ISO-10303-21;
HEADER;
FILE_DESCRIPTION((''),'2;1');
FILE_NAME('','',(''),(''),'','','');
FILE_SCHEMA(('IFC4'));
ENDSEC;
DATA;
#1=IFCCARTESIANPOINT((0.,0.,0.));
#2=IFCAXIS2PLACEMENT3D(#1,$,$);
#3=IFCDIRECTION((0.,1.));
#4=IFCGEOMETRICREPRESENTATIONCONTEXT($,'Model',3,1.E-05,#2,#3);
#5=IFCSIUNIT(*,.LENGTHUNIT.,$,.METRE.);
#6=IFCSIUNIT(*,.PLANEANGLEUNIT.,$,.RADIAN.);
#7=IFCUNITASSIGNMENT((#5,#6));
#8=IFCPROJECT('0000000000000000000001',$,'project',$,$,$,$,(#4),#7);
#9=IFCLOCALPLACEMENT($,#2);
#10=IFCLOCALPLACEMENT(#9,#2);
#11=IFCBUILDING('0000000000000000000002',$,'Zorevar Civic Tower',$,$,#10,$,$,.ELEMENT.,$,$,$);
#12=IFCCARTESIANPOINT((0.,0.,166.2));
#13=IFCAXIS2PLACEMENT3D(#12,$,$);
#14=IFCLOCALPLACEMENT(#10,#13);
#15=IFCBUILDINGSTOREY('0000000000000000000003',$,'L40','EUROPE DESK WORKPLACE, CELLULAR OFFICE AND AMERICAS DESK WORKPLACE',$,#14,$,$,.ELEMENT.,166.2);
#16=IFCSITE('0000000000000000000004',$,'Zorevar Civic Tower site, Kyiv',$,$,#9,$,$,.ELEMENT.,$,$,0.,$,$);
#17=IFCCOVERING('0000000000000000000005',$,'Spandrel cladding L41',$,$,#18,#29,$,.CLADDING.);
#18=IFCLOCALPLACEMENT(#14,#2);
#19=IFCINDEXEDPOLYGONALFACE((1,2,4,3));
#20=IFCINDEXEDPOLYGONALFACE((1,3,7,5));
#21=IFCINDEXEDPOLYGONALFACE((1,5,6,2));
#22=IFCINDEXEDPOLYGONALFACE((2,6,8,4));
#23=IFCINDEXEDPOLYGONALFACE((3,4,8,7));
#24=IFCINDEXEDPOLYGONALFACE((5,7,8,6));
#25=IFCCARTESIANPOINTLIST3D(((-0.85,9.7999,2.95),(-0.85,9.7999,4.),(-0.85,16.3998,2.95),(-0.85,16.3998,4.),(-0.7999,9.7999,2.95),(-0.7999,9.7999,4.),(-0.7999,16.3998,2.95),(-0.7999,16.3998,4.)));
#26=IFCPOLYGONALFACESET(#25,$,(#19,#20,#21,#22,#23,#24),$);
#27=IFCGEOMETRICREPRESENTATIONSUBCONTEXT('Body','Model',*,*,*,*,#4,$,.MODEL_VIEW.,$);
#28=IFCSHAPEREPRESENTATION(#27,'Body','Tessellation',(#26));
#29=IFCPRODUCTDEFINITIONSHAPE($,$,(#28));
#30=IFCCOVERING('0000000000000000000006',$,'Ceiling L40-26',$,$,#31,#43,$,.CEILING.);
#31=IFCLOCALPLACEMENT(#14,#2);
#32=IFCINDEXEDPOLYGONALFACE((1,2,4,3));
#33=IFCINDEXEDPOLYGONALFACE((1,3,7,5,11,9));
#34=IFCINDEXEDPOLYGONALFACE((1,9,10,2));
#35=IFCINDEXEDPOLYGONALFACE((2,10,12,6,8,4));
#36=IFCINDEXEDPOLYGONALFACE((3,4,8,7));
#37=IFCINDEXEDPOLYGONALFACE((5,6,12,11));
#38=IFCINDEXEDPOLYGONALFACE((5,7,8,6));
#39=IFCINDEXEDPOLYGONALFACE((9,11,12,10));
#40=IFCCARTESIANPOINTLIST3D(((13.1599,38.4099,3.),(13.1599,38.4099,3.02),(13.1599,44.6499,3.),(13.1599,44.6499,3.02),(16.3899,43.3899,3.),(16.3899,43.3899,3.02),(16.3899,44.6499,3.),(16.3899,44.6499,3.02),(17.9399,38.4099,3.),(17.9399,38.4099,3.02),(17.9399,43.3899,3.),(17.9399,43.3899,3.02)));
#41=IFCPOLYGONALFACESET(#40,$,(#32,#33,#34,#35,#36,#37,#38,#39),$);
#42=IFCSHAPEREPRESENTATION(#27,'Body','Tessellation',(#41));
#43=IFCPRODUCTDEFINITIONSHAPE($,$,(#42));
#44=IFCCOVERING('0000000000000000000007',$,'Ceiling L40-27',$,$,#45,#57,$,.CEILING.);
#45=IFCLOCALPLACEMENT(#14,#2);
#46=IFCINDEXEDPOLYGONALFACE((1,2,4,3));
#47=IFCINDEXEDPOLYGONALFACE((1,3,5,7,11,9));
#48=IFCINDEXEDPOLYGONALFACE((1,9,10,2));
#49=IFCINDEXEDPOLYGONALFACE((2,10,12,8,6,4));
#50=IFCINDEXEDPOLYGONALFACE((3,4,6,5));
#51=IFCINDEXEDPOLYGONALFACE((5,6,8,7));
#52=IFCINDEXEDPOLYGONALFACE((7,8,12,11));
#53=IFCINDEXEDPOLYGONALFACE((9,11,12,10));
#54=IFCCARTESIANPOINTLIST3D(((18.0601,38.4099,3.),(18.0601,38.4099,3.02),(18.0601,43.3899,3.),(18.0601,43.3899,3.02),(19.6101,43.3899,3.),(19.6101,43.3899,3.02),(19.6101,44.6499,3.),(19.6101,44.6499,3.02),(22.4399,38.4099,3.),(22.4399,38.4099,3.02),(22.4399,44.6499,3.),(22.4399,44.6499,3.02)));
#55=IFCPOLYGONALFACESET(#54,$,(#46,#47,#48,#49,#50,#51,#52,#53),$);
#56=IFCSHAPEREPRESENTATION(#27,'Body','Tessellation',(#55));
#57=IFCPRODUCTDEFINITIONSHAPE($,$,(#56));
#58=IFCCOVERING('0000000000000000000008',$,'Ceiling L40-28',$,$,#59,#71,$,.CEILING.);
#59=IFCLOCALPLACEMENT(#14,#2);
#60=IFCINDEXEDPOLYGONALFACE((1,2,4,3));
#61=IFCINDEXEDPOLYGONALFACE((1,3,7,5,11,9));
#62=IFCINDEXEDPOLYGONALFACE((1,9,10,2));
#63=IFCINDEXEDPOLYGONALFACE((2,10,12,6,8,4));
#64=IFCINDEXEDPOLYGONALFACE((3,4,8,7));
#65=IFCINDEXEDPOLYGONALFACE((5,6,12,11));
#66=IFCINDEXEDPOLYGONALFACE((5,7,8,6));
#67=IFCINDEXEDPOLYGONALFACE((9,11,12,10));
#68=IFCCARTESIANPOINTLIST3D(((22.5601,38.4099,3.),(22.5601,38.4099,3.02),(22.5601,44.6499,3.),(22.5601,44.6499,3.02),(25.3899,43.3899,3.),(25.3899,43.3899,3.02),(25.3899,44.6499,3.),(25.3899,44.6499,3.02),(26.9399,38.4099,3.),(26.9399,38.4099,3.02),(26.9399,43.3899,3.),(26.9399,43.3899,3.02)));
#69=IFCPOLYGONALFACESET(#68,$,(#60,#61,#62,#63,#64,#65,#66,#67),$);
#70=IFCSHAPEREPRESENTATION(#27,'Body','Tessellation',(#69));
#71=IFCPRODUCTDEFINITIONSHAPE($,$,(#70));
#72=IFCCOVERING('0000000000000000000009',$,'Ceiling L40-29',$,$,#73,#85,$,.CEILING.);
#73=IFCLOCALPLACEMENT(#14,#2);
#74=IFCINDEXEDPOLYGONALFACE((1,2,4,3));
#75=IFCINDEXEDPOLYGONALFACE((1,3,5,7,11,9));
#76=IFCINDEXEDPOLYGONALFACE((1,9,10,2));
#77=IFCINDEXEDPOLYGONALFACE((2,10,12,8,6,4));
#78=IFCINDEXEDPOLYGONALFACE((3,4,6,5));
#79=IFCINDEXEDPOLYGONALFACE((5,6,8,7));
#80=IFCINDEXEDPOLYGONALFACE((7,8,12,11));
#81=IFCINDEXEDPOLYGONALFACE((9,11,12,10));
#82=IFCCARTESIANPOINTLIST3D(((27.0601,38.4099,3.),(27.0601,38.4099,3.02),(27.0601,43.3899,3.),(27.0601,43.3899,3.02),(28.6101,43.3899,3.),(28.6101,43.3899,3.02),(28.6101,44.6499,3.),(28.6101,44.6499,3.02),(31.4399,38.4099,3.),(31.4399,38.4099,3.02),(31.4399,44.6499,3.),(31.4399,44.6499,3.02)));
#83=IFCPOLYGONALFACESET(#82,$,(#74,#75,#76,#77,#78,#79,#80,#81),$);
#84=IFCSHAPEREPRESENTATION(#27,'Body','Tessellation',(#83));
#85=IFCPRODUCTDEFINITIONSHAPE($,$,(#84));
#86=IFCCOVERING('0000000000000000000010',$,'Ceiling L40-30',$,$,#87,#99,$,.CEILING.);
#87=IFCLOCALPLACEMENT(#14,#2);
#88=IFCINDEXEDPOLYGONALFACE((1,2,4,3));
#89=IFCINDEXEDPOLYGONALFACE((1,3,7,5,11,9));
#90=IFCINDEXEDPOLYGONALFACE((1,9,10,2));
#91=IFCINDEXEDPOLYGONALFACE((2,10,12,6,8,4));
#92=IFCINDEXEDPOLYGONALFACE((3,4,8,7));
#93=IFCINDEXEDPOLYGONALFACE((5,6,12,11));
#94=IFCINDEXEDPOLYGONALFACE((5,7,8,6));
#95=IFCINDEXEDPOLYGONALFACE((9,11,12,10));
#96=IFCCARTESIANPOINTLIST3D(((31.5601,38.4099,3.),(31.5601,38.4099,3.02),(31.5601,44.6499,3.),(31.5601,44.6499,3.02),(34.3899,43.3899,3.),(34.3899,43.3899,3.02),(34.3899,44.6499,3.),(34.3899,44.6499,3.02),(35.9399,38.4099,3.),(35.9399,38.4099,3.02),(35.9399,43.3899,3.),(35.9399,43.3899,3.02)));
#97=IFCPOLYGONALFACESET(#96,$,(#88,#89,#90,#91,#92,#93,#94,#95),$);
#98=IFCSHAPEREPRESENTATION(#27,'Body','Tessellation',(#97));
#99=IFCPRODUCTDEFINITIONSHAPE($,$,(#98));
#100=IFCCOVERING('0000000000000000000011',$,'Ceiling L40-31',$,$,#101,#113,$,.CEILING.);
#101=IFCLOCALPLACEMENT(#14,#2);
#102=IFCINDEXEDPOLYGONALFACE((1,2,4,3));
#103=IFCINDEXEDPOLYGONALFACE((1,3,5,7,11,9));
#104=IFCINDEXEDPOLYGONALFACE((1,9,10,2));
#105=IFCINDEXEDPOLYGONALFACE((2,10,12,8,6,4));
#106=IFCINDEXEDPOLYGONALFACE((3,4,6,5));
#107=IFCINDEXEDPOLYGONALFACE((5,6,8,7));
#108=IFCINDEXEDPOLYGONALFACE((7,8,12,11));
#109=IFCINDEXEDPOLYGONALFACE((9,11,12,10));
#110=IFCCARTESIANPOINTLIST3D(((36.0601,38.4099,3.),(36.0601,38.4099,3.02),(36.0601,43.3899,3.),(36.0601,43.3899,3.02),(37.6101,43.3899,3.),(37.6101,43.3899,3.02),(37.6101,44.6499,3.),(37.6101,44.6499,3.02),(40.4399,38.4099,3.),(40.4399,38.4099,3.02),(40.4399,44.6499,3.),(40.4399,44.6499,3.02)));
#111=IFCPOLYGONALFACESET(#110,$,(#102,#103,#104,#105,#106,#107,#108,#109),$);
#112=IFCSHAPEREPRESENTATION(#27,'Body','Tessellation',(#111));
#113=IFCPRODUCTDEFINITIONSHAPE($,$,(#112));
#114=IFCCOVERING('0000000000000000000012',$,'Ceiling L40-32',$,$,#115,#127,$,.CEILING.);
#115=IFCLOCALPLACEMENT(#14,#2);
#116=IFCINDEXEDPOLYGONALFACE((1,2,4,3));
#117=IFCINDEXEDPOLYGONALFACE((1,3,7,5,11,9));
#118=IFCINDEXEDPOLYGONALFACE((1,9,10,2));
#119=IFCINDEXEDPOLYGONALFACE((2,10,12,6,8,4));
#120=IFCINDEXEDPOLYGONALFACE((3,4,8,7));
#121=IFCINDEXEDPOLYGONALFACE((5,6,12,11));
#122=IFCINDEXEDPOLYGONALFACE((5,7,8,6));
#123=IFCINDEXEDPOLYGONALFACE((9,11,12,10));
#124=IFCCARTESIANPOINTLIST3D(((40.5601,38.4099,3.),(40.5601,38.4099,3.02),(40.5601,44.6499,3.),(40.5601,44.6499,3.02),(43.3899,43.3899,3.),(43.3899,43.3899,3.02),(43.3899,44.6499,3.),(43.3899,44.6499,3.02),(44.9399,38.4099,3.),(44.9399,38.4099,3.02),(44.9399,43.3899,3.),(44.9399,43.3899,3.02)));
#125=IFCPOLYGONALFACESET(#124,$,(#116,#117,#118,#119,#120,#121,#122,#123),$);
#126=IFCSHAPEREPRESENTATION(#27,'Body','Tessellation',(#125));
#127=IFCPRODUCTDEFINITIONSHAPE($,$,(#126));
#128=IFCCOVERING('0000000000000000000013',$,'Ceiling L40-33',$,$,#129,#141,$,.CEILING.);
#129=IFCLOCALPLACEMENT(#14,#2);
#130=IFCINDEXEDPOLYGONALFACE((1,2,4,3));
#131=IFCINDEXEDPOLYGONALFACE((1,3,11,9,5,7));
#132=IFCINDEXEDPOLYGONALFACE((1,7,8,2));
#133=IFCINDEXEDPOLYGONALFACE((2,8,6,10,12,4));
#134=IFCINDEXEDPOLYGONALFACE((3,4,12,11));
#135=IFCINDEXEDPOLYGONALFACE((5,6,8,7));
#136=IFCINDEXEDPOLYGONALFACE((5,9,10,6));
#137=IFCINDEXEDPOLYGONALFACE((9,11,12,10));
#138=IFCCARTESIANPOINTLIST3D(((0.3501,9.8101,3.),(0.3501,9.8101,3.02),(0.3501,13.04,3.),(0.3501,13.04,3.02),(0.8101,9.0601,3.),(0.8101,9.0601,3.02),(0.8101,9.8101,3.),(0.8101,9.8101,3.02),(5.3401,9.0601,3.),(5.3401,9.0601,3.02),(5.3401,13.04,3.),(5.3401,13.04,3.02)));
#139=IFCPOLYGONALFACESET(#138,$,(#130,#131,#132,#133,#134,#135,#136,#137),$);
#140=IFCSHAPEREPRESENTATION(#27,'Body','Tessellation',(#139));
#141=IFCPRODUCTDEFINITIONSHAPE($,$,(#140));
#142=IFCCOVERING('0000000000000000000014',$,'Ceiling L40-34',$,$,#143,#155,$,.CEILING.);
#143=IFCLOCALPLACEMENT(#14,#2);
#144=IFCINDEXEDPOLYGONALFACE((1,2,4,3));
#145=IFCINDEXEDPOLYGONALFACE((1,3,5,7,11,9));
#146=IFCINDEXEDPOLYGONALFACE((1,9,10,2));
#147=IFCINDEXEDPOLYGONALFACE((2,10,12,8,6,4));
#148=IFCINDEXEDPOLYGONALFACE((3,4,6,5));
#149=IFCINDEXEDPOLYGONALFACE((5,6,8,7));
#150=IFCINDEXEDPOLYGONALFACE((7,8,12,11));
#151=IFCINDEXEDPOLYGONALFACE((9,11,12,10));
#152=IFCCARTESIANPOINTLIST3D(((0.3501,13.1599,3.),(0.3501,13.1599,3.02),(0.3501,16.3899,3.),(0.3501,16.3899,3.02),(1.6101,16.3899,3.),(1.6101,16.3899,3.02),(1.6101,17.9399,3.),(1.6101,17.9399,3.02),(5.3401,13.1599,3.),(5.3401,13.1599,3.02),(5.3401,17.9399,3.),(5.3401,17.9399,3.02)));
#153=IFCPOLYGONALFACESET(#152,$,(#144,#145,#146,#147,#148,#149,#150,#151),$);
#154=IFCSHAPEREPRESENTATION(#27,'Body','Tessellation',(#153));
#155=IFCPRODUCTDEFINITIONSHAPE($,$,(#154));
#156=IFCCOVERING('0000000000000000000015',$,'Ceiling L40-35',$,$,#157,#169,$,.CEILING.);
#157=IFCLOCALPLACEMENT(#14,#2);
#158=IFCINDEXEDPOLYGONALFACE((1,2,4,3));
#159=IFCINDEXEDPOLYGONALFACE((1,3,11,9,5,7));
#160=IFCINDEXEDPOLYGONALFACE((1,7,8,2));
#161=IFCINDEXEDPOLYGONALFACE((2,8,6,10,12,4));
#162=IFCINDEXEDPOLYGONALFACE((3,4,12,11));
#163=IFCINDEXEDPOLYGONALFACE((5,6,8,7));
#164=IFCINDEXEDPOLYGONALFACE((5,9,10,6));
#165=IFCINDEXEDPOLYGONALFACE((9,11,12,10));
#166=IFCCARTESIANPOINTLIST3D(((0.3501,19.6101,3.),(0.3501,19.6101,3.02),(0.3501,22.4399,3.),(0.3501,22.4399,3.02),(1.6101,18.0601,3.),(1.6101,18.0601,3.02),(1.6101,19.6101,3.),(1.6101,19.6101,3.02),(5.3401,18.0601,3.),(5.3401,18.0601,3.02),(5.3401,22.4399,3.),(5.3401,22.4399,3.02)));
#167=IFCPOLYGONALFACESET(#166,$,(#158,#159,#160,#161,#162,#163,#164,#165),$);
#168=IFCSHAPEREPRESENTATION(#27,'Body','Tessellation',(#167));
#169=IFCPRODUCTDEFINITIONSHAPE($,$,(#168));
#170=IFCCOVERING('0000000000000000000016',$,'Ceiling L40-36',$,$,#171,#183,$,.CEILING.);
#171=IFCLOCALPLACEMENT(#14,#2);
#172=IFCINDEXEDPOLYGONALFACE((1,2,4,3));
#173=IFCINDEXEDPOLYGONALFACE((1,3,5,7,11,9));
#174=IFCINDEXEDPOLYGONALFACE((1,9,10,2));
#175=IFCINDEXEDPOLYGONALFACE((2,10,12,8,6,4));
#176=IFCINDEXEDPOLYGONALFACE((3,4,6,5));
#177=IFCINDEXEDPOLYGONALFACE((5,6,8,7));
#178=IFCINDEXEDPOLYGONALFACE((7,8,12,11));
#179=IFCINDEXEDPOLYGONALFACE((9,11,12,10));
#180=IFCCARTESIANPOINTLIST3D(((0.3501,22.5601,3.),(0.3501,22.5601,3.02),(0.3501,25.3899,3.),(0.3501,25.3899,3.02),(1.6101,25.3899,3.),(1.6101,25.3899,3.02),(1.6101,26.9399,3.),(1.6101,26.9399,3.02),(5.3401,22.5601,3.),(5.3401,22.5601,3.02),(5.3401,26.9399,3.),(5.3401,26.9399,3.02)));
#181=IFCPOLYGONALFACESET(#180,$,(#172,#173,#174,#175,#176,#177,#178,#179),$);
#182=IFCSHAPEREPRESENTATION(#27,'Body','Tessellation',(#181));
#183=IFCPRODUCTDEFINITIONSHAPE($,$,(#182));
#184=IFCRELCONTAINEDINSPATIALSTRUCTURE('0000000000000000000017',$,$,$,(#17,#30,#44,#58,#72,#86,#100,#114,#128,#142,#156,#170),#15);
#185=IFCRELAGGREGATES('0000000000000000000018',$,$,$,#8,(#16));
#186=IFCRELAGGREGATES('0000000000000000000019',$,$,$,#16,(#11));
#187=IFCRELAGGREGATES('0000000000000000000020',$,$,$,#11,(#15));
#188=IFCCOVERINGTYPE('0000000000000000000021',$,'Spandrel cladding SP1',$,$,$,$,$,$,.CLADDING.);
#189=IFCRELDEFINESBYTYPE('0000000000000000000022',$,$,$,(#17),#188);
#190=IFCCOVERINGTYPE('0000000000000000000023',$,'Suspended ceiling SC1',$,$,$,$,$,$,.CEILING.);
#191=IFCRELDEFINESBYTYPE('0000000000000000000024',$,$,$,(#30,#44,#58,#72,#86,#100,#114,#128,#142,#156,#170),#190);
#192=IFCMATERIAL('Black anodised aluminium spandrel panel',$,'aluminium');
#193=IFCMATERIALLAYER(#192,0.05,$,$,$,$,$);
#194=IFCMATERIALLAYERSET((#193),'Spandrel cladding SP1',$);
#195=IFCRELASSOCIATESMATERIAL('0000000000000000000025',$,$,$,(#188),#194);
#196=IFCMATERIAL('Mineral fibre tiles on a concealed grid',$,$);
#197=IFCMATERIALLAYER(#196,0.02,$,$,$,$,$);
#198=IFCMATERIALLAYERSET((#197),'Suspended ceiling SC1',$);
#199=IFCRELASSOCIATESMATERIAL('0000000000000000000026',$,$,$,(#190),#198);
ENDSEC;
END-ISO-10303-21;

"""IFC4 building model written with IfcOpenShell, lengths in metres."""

from ifc_helpers import new_model, si_unit, direction, frame, frame_2d, origin, place, context, subcontext, project, spatial, polyline, rectangle, outline, extrude, material, layer, layer_set, type_object, element, save


model = new_model("IFC4")

# Units and contexts
model_context = context("Model", 3, precision=1e-05, world=origin(), true_north=direction((0.0, 1.0)))
body_context = subcontext(model_context, "Body", "Model", "MODEL_VIEW")
ifc_project = project(units=[si_unit("LENGTHUNIT", "METRE"), si_unit("PLANEANGLEUNIT", "RADIAN")], contexts=[model_context])

# Site, building, storey
site_placement = place(None, origin())
site = spatial("IfcSite", under=ifc_project, at=site_placement, Name="Zorevar Civic Tower site, Kyiv", CompositionType="ELEMENT", RefElevation=0.0)
building_placement = place(site_placement, origin())
building = spatial("IfcBuilding", under=site, at=building_placement, Name="Zorevar Civic Tower", CompositionType="ELEMENT")
storey_placement = place(building_placement, frame((0.0, 0.0, 166.2)))
storey = spatial("IfcBuildingStorey", under=building, at=storey_placement, Name="L40", Description="EUROPE DESK WORKPLACE, CELLULAR OFFICE AND AMERICAS DESK WORKPLACE", CompositionType="ELEMENT", Elevation=166.2)

# Coverings
ifc_material_1 = material(Name="Black anodised aluminium spandrel panel", Category="aluminium")
ifc_layer_1 = layer(ifc_material_1, 0.05)
ifc_layer_set_1 = layer_set([ifc_layer_1], Name="Spandrel cladding SP1")
covering_type_1 = type_object("IfcCoveringType", Name="Spandrel cladding SP1", PredefinedType="CLADDING", material=ifc_layer_set_1)
covering_1_placement = place(storey_placement, frame((-0.825, 9.8, 2.95), z_axis=(0.0, 0.0, 1.0), x_axis=(0.0, 1.0, 0.0)))
element("IfcCovering", 1, at=covering_1_placement, inside=storey, type_object=covering_type_1, Name="Spandrel cladding L41", PredefinedType="CLADDING", context=body_context, shape_type="SweptSolid", body=[
    extrude(rectangle(XDim=6.5999, YDim=0.05, at=frame_2d((3.2998, 0.0))), origin(), (0.0, 0.0, 1.0), 1.05),
])
ifc_material_2 = material(Name="Mineral fibre tiles on a concealed grid")
ifc_layer_2 = layer(ifc_material_2, 0.02)
ifc_layer_set_2 = layer_set([ifc_layer_2], Name="Suspended ceiling SC1")
covering_type_2 = type_object("IfcCoveringType", Name="Suspended ceiling SC1", PredefinedType="CEILING", material=ifc_layer_set_2)
covering_2_placement = place(storey_placement, frame((0.0, 0.0, 3.0)))
element("IfcCovering", 2, at=covering_2_placement, inside=storey, type_object=covering_type_2, Name="Ceiling L40-26", PredefinedType="CEILING", context=body_context, shape_type="SweptSolid", body=[
    extrude(outline(polyline([(13.1599, 38.4099), (13.1599, 44.6499), (16.3899, 44.6499), (16.3899, 43.3899), (17.9399, 43.3899), (17.9399, 38.4099), (13.1599, 38.4099)])), origin(), (0.0, 0.0, 1.0), 0.02),
])
covering_3_placement = place(storey_placement, frame((0.0, 0.0, 3.0)))
element("IfcCovering", 3, at=covering_3_placement, inside=storey, type_object=covering_type_2, Name="Ceiling L40-27", PredefinedType="CEILING", context=body_context, shape_type="SweptSolid", body=[
    extrude(outline(polyline([(18.0601, 38.4099), (18.0601, 43.3899), (19.6101, 43.3899), (19.6101, 44.6499), (22.4399, 44.6499), (22.4399, 38.4099), (18.0601, 38.4099)])), origin(), (0.0, 0.0, 1.0), 0.02),
])
covering_4_placement = place(storey_placement, frame((0.0, 0.0, 3.0)))
element("IfcCovering", 4, at=covering_4_placement, inside=storey, type_object=covering_type_2, Name="Ceiling L40-28", PredefinedType="CEILING", context=body_context, shape_type="SweptSolid", body=[
    extrude(outline(polyline([(22.5601, 38.4099), (22.5601, 44.6499), (25.3899, 44.6499), (25.3899, 43.3899), (26.9399, 43.3899), (26.9399, 38.4099), (22.5601, 38.4099)])), origin(), (0.0, 0.0, 1.0), 0.02),
])
covering_5_placement = place(storey_placement, frame((0.0, 0.0, 3.0)))
element("IfcCovering", 5, at=covering_5_placement, inside=storey, type_object=covering_type_2, Name="Ceiling L40-29", PredefinedType="CEILING", context=body_context, shape_type="SweptSolid", body=[
    extrude(outline(polyline([(27.0601, 38.4099), (27.0601, 43.3899), (28.6101, 43.3899), (28.6101, 44.6499), (31.4399, 44.6499), (31.4399, 38.4099), (27.0601, 38.4099)])), origin(), (0.0, 0.0, 1.0), 0.02),
])
covering_6_placement = place(storey_placement, frame((0.0, 0.0, 3.0)))
element("IfcCovering", 6, at=covering_6_placement, inside=storey, type_object=covering_type_2, Name="Ceiling L40-30", PredefinedType="CEILING", context=body_context, shape_type="SweptSolid", body=[
    extrude(outline(polyline([(31.5601, 38.4099), (31.5601, 44.6499), (34.3899, 44.6499), (34.3899, 43.3899), (35.9399, 43.3899), (35.9399, 38.4099), (31.5601, 38.4099)])), origin(), (0.0, 0.0, 1.0), 0.02),
])
covering_7_placement = place(storey_placement, frame((0.0, 0.0, 3.0)))
element("IfcCovering", 7, at=covering_7_placement, inside=storey, type_object=covering_type_2, Name="Ceiling L40-31", PredefinedType="CEILING", context=body_context, shape_type="SweptSolid", body=[
    extrude(outline(polyline([(36.0601, 38.4099), (36.0601, 43.3899), (37.6101, 43.3899), (37.6101, 44.6499), (40.4399, 44.6499), (40.4399, 38.4099), (36.0601, 38.4099)])), origin(), (0.0, 0.0, 1.0), 0.02),
])
covering_8_placement = place(storey_placement, frame((0.0, 0.0, 3.0)))
element("IfcCovering", 8, at=covering_8_placement, inside=storey, type_object=covering_type_2, Name="Ceiling L40-32", PredefinedType="CEILING", context=body_context, shape_type="SweptSolid", body=[
    extrude(outline(polyline([(40.5601, 38.4099), (40.5601, 44.6499), (43.3899, 44.6499), (43.3899, 43.3899), (44.9399, 43.3899), (44.9399, 38.4099), (40.5601, 38.4099)])), origin(), (0.0, 0.0, 1.0), 0.02),
])
covering_9_placement = place(storey_placement, frame((0.0, 0.0, 3.0)))
element("IfcCovering", 9, at=covering_9_placement, inside=storey, type_object=covering_type_2, Name="Ceiling L40-33", PredefinedType="CEILING", context=body_context, shape_type="SweptSolid", body=[
    extrude(outline(polyline([(5.3401, 9.0601), (0.8101, 9.0601), (0.8101, 9.8101), (0.3501, 9.8101), (0.3501, 13.04), (5.3401, 13.04), (5.3401, 9.0601)])), origin(), (0.0, 0.0, 1.0), 0.02),
])
covering_10_placement = place(storey_placement, frame((0.0, 0.0, 3.0)))
element("IfcCovering", 10, at=covering_10_placement, inside=storey, type_object=covering_type_2, Name="Ceiling L40-34", PredefinedType="CEILING", context=body_context, shape_type="SweptSolid", body=[
    extrude(outline(polyline([(5.3401, 13.1599), (0.3501, 13.1599), (0.3501, 16.3899), (1.6101, 16.3899), (1.6101, 17.9399), (5.3401, 17.9399), (5.3401, 13.1599)])), origin(), (0.0, 0.0, 1.0), 0.02),
])
covering_11_placement = place(storey_placement, frame((0.0, 0.0, 3.0)))
element("IfcCovering", 11, at=covering_11_placement, inside=storey, type_object=covering_type_2, Name="Ceiling L40-35", PredefinedType="CEILING", context=body_context, shape_type="SweptSolid", body=[
    extrude(outline(polyline([(5.3401, 18.0601), (1.6101, 18.0601), (1.6101, 19.6101), (0.3501, 19.6101), (0.3501, 22.4399), (5.3401, 22.4399), (5.3401, 18.0601)])), origin(), (0.0, 0.0, 1.0), 0.02),
])
covering_12_placement = place(storey_placement, frame((0.0, 0.0, 3.0)))
element("IfcCovering", 12, at=covering_12_placement, inside=storey, type_object=covering_type_2, Name="Ceiling L40-36", PredefinedType="CEILING", context=body_context, shape_type="SweptSolid", body=[
    extrude(outline(polyline([(5.3401, 22.5601), (0.3501, 22.5601), (0.3501, 25.3899), (1.6101, 25.3899), (1.6101, 26.9399), (5.3401, 26.9399), (5.3401, 22.5601)])), origin(), (0.0, 0.0, 1.0), 0.02),
])

save(model, "model.ifc")
